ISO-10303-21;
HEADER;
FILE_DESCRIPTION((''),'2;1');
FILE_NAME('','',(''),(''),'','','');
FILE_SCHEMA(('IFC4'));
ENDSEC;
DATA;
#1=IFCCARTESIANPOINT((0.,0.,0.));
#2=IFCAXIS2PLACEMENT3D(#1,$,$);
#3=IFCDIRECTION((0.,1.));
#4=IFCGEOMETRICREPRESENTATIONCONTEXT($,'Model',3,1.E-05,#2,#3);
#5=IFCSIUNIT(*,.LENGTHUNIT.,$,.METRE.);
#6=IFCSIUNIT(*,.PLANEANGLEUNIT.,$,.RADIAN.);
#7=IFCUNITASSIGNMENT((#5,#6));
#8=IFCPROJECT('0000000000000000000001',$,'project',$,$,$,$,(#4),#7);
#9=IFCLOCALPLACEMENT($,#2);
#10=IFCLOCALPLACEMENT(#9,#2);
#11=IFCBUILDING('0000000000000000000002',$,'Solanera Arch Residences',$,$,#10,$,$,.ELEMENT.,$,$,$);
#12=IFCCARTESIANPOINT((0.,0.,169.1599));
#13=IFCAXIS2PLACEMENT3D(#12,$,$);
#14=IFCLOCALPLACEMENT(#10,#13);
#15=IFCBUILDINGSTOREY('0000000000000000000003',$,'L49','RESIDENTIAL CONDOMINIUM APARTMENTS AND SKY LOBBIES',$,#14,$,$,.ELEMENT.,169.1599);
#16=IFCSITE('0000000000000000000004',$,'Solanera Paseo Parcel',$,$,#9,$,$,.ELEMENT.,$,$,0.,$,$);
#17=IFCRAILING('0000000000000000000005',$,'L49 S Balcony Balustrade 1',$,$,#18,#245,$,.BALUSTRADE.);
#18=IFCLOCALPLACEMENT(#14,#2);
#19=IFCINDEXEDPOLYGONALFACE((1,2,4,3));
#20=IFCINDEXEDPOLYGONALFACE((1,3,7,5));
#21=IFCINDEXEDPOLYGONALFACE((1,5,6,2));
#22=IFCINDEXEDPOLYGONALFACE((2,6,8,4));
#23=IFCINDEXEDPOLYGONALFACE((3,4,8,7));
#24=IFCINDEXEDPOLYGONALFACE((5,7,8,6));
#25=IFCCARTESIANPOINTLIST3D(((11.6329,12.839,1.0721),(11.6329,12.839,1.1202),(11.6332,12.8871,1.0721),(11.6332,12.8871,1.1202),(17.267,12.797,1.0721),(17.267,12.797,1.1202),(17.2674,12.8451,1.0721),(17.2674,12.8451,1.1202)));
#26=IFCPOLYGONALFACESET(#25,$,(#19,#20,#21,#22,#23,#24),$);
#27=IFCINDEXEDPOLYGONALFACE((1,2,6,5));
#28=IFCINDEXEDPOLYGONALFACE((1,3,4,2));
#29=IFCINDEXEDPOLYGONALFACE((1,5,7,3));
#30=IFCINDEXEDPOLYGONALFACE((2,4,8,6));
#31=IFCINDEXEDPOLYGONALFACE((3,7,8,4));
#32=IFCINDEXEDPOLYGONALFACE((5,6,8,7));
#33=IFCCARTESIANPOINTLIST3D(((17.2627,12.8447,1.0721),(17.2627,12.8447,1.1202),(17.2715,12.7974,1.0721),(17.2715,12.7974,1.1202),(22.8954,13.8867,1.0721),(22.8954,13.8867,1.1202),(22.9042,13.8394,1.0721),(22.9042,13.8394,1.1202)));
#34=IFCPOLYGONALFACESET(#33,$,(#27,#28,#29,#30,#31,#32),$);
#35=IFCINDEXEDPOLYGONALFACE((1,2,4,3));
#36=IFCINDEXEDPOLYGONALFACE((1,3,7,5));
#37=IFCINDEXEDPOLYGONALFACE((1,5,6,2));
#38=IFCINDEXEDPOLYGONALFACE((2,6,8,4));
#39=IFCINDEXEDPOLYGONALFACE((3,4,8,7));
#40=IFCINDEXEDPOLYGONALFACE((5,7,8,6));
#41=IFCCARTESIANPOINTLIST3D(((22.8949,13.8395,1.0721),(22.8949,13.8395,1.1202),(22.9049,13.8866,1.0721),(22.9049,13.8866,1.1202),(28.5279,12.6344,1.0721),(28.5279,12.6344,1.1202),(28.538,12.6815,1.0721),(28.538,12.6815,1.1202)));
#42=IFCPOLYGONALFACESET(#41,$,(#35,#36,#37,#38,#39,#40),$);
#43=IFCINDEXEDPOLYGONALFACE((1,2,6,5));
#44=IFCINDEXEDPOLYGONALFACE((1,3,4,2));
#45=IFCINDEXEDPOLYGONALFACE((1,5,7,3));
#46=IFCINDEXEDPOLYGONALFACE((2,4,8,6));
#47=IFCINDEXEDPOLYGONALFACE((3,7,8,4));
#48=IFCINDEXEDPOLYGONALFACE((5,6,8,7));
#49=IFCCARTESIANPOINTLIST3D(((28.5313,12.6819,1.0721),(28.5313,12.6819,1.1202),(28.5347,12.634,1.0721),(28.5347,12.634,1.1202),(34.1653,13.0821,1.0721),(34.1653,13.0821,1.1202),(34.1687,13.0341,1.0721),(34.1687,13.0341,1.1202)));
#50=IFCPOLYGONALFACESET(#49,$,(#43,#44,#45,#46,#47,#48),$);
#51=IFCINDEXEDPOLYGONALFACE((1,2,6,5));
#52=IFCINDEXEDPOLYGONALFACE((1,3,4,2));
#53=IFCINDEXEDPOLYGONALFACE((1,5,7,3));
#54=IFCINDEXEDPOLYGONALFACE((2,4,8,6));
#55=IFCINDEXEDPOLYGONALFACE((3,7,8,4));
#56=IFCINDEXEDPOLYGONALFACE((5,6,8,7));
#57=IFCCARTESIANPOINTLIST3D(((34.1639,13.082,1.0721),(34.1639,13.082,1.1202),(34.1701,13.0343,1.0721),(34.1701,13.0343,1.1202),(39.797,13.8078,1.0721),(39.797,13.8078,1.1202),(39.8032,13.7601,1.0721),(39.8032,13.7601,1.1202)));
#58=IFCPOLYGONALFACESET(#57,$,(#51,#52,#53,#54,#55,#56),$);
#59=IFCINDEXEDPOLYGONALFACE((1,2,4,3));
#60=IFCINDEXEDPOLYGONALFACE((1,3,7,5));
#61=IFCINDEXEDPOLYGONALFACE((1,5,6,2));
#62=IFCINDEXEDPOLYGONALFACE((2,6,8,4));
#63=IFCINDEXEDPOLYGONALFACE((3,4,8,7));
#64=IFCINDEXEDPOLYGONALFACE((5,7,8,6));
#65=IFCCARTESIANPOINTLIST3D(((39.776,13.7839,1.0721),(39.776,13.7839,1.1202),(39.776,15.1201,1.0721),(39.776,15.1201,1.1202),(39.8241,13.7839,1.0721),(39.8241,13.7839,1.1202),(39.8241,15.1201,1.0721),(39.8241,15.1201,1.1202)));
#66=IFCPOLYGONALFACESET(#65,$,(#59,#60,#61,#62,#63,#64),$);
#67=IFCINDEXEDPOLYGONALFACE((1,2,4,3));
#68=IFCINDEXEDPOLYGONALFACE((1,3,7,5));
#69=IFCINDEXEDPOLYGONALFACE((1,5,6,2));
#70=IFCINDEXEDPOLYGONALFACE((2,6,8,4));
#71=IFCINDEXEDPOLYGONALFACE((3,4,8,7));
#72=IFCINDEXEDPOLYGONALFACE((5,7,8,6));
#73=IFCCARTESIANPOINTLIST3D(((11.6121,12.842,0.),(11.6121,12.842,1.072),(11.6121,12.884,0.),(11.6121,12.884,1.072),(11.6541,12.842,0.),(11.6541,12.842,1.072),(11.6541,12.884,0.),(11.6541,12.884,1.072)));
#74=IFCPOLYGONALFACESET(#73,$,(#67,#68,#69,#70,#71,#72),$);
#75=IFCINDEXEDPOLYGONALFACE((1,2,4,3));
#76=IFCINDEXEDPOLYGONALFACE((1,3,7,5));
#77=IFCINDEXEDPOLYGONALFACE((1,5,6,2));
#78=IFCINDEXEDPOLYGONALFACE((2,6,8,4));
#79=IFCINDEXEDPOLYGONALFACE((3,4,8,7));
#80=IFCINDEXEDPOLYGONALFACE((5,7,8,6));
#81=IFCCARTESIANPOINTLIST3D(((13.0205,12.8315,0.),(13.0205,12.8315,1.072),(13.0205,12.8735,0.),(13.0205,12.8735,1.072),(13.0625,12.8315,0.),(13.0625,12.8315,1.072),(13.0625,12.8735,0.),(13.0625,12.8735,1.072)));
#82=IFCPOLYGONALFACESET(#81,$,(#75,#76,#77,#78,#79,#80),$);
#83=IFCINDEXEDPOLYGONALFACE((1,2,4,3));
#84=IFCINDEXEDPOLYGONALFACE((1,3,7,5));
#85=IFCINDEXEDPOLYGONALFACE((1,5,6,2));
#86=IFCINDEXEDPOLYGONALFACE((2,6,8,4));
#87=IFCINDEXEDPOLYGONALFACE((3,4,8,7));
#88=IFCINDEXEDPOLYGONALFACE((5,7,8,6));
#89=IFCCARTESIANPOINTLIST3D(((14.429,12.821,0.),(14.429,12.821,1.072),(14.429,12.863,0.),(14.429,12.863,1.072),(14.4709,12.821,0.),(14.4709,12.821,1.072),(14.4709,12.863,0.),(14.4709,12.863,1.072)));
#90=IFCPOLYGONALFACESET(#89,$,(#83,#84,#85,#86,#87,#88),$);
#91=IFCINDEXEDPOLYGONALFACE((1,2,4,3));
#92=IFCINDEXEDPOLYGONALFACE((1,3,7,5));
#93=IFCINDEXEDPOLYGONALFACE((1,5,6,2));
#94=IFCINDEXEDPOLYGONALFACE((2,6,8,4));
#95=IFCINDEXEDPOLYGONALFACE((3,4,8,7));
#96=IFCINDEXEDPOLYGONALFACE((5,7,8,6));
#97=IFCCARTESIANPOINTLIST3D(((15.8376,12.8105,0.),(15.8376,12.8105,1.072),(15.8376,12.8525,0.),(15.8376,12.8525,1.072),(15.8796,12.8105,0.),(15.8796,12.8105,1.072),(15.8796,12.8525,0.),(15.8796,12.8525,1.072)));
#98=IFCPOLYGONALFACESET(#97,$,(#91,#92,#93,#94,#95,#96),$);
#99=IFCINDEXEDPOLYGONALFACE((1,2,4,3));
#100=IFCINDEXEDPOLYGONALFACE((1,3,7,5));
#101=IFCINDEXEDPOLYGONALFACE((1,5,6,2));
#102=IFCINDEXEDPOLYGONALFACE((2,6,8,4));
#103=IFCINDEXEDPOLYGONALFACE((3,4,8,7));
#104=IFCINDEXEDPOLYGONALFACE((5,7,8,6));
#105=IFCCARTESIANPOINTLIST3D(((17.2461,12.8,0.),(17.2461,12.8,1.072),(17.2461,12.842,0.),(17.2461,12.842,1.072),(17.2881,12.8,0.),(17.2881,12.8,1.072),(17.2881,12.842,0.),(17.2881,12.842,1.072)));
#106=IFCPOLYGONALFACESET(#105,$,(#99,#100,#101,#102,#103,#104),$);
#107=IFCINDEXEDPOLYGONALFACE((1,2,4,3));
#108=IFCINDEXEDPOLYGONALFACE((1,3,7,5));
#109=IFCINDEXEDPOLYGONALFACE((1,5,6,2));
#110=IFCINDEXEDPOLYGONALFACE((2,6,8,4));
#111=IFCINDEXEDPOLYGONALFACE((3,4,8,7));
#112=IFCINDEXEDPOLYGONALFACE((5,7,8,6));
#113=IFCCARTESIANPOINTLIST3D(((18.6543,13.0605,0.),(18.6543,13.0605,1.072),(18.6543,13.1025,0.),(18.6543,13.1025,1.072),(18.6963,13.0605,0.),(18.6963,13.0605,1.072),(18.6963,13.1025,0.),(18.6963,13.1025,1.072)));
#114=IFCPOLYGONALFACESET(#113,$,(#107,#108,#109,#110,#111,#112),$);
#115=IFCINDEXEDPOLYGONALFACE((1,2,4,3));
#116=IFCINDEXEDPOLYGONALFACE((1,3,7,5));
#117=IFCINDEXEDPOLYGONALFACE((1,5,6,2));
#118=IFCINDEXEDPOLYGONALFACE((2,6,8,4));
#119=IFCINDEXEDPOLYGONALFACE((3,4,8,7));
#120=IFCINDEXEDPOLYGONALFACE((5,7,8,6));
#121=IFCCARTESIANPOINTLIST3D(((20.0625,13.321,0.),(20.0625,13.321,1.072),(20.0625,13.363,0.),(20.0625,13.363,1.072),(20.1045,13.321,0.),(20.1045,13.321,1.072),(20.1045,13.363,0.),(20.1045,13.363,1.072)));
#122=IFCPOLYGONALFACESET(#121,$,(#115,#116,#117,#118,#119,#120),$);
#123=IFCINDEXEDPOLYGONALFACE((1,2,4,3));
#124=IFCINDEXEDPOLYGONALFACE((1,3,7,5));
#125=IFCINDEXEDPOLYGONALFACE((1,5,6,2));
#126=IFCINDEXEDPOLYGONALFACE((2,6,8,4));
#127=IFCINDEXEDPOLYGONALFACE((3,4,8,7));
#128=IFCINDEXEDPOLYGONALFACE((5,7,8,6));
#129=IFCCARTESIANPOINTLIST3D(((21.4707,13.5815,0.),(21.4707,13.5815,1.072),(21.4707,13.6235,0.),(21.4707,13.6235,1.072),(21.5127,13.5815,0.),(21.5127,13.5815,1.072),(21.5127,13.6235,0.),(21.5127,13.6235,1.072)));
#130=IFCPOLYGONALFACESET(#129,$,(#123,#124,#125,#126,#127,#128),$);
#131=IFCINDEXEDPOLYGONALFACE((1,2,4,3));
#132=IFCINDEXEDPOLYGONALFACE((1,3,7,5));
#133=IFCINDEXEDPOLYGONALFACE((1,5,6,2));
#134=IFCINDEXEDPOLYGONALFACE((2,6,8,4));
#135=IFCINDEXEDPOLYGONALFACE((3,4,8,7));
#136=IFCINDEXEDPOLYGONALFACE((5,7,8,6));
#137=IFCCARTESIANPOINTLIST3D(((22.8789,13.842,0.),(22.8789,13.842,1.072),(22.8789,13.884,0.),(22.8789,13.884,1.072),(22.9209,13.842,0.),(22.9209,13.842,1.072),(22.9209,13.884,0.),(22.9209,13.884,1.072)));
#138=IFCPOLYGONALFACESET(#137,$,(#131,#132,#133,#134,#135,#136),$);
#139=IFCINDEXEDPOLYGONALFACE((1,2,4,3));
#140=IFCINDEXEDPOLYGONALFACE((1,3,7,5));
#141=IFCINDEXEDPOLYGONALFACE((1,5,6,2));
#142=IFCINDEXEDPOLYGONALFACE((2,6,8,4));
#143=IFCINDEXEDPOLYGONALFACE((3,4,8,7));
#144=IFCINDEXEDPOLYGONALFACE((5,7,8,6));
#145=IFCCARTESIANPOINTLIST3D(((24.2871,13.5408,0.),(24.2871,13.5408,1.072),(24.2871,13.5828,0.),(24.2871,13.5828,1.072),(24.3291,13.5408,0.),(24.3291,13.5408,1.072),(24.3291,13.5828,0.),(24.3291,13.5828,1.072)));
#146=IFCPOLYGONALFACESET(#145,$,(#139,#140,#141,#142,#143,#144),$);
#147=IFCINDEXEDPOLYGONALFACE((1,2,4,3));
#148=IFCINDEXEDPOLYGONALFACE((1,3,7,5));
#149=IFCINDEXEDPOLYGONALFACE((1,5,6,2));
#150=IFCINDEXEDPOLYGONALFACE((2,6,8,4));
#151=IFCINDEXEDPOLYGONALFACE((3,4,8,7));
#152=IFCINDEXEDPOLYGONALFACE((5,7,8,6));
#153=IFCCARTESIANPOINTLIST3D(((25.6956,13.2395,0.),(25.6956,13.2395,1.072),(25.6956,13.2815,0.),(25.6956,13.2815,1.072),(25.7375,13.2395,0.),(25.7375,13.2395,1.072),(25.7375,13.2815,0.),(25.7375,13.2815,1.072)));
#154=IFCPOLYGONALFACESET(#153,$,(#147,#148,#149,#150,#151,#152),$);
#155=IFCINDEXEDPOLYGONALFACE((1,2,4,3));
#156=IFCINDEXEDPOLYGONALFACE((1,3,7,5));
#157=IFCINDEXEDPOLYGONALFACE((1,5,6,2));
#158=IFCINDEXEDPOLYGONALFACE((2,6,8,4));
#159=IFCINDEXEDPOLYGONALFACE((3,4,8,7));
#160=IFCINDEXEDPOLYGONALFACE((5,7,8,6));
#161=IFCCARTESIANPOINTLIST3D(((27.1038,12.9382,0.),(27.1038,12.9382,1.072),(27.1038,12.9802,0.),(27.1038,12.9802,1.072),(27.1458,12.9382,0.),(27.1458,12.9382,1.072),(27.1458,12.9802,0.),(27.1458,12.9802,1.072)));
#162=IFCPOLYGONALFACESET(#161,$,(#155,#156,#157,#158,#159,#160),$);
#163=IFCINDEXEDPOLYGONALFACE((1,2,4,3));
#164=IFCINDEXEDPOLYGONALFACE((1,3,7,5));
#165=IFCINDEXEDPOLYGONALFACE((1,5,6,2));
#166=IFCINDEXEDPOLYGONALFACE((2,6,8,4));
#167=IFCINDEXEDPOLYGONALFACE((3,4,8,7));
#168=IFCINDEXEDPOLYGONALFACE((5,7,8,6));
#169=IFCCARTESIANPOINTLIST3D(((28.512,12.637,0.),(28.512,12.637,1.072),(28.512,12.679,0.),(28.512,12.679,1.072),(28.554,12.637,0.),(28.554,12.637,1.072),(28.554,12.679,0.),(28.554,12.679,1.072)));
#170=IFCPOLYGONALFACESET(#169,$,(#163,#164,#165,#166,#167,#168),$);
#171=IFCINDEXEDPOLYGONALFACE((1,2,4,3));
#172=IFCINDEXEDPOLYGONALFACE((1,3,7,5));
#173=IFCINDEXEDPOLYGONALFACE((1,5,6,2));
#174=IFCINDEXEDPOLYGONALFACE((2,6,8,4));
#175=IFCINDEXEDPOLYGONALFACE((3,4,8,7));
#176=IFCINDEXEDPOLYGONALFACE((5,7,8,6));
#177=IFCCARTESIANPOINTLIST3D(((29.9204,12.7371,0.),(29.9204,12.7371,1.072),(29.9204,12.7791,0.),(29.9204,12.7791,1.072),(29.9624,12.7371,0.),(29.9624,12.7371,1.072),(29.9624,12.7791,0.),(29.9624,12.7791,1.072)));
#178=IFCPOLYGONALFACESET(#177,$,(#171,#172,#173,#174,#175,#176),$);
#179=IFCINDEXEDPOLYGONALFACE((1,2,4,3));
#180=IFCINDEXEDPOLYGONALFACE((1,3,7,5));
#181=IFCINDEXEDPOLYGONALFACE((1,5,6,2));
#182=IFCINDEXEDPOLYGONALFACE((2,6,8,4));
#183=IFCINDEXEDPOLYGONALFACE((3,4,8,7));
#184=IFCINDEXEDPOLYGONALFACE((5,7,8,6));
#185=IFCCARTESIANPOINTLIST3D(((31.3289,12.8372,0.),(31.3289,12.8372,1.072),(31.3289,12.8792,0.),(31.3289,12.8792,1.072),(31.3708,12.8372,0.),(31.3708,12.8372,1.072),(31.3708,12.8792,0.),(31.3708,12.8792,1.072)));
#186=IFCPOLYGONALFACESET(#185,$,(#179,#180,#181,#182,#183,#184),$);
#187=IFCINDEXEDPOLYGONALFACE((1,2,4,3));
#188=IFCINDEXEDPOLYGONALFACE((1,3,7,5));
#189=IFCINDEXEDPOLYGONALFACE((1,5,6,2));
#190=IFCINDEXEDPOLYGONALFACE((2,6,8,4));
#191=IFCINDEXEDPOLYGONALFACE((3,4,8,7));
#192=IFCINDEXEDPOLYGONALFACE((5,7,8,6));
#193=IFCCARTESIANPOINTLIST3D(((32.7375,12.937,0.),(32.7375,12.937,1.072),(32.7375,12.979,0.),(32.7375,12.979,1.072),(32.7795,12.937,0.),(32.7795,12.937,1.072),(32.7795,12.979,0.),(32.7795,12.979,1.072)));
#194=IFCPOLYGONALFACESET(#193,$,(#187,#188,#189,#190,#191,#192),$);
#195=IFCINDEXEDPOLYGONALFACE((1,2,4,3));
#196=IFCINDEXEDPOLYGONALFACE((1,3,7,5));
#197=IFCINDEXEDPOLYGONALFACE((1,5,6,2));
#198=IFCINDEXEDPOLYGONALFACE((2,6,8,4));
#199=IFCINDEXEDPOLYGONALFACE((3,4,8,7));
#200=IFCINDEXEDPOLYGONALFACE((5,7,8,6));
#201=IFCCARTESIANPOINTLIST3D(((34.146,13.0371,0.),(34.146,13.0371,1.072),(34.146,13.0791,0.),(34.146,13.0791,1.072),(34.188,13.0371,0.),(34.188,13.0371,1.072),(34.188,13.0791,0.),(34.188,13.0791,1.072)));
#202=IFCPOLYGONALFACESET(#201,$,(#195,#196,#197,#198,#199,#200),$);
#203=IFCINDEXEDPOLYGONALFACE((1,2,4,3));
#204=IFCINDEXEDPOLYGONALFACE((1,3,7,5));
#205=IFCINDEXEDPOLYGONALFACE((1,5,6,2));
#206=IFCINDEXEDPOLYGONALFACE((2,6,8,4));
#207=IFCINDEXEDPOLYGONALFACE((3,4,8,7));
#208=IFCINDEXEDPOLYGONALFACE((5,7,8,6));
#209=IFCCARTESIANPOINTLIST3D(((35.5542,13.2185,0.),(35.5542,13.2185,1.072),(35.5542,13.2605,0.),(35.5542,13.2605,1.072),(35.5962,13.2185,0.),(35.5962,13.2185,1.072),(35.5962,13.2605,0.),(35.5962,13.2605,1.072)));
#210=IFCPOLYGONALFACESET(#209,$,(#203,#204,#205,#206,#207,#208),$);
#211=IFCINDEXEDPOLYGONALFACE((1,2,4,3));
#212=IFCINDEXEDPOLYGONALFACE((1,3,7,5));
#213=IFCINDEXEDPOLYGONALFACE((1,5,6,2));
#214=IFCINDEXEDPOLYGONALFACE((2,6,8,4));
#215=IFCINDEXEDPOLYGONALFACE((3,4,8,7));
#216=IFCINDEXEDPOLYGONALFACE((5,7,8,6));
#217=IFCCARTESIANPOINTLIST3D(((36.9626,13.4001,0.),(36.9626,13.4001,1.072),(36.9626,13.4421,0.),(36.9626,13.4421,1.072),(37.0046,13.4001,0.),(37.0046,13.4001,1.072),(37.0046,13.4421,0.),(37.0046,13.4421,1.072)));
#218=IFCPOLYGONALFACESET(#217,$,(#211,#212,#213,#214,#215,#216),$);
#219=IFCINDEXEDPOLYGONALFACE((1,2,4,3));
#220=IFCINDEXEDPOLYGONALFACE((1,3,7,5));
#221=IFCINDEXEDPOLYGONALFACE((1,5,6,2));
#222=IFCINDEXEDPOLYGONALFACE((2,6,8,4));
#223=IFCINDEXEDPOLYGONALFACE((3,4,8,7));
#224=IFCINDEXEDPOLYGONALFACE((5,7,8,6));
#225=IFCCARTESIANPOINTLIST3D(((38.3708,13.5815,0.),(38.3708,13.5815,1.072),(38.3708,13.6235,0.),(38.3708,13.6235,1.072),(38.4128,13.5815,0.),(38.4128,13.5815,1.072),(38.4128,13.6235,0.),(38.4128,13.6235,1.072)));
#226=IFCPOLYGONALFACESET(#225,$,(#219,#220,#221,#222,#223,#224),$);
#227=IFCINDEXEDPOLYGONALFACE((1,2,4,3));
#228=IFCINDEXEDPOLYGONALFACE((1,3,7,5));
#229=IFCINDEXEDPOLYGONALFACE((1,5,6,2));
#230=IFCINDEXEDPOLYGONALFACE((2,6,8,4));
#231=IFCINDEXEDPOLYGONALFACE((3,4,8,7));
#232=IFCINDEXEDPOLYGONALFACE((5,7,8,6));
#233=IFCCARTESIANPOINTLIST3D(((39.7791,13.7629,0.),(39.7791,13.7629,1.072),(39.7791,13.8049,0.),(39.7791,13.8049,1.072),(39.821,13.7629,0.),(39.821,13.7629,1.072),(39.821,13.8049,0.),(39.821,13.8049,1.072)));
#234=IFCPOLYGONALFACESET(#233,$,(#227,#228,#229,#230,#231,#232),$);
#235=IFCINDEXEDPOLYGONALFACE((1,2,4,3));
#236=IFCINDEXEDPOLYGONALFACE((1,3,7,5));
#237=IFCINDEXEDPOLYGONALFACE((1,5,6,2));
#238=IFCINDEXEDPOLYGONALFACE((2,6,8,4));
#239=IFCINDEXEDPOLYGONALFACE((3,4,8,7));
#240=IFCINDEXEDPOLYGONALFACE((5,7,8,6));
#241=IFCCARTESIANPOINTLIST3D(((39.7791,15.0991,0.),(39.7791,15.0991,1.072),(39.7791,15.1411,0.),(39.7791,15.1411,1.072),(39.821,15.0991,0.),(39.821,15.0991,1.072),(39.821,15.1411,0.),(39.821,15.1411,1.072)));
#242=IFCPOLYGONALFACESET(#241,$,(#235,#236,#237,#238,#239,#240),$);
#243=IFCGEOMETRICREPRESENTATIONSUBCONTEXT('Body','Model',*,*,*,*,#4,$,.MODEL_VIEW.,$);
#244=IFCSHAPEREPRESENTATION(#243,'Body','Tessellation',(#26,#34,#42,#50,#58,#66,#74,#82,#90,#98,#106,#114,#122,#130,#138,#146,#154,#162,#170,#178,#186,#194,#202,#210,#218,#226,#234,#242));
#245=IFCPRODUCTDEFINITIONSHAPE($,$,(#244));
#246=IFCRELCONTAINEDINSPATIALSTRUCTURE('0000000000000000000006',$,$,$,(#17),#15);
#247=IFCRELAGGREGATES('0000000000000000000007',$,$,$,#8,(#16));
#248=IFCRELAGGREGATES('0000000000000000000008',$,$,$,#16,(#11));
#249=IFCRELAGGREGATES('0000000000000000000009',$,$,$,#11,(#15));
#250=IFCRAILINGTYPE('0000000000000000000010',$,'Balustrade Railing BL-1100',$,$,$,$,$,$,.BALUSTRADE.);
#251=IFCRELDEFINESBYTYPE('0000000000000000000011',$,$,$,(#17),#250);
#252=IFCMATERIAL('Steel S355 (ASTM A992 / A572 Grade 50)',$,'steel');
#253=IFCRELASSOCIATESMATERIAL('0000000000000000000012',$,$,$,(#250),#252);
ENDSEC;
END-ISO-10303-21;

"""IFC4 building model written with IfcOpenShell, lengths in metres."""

from ifc_helpers import new_model, si_unit, direction, frame, origin, origin_2d, place, context, subcontext, project, spatial, rectangle, extrude, material, type_object, element, save


model = new_model("IFC4")

# Units and contexts
model_context = context("Model", 3, precision=1e-05, world=origin(), true_north=direction((0.0, 1.0)))
body_context = subcontext(model_context, "Body", "Model", "MODEL_VIEW")
ifc_project = project(units=[si_unit("LENGTHUNIT", "METRE"), si_unit("PLANEANGLEUNIT", "RADIAN")], contexts=[model_context])

# Site, building, storey
site_placement = place(None, origin())
site = spatial("IfcSite", under=ifc_project, at=site_placement, Name="Solanera Paseo Parcel", CompositionType="ELEMENT", RefElevation=0.0)
building_placement = place(site_placement, origin())
building = spatial("IfcBuilding", under=site, at=building_placement, Name="Solanera Arch Residences", CompositionType="ELEMENT")
storey_placement = place(building_placement, frame((0.0, 0.0, 169.1599)))
storey = spatial("IfcBuildingStorey", under=building, at=storey_placement, Name="L49", Description="RESIDENTIAL CONDOMINIUM APARTMENTS AND SKY LOBBIES", CompositionType="ELEMENT", Elevation=169.1599)

# Railing
ifc_material_1 = material(Name="Steel S355 (ASTM A992 / A572 Grade 50)", Category="steel")
railing_type = type_object("IfcRailingType", Name="Balustrade Railing BL-1100", PredefinedType="BALUSTRADE", material=ifc_material_1)
railing_placement = place(storey_placement, frame((11.6331, 12.863, 0.0)))
element("IfcRailing", 1, at=railing_placement, inside=storey, type_object=railing_type, Name="L49 S Balcony Balustrade 1", PredefinedType="BALUSTRADE", context=body_context, shape_type="SweptSolid", body=[
    extrude(rectangle(XDim=0.0481, YDim=0.0481, at=origin_2d()), frame((0.0, 0.0, 1.0962), z_axis=(0.999972, -0.007453, 0.0), x_axis=(0.007453, 0.999972, 0.0)), (0.0, 0.0, 1.0), 5.6343),
    extrude(rectangle(XDim=0.0481, YDim=0.0481, at=origin_2d()), frame((5.634, -0.042, 1.0962), z_axis=(0.983317, 0.1819, 0.0), x_axis=(-0.1819, 0.983317, 0.0)), (0.0, 0.0, 1.0), 5.7283),
    extrude(rectangle(XDim=0.0481, YDim=0.0481, at=origin_2d()), frame((11.2668, 1.0, 1.0962), z_axis=(0.977874, -0.209196, 0.0), x_axis=(0.209196, 0.977874, 0.0)), (0.0, 0.0, 1.0), 5.7605),
    extrude(rectangle(XDim=0.0481, YDim=0.0481, at=origin_2d()), frame((16.8999, -0.2051, 1.0962), z_axis=(0.997487, 0.070845, 0.0), x_axis=(-0.070845, 0.997487, 0.0)), (0.0, 0.0, 1.0), 5.6482),
    extrude(rectangle(XDim=0.0481, YDim=0.0481, at=origin_2d()), frame((22.5339, 0.1951, 1.0962), z_axis=(0.991801, 0.127795, 0.0), x_axis=(-0.127795, 0.991801, 0.0)), (0.0, 0.0, 1.0), 5.6797),
    extrude(rectangle(XDim=0.0481, YDim=0.0481, at=origin_2d()), frame((28.167, 0.9209, 1.0962), z_axis=(0.0, 1.0, 0.0), x_axis=(-1.0, 0.0, 0.0)), (0.0, 0.0, 1.0), 1.3362),
    extrude(rectangle(XDim=0.042, YDim=0.042, at=origin_2d()), origin(), (0.0, 0.0, 1.0), 1.072),
    extrude(rectangle(XDim=0.042, YDim=0.042, at=origin_2d()), frame((1.4084, -0.0105, 0.0)), (0.0, 0.0, 1.0), 1.072),
    extrude(rectangle(XDim=0.042, YDim=0.042, at=origin_2d()), frame((2.8169, -0.021, 0.0)), (0.0, 0.0, 1.0), 1.072),
    extrude(rectangle(XDim=0.042, YDim=0.042, at=origin_2d()), frame((4.2256, -0.0315, 0.0)), (0.0, 0.0, 1.0), 1.072),
    extrude(rectangle(XDim=0.042, YDim=0.042, at=origin_2d()), frame((5.634, -0.042, 0.0)), (0.0, 0.0, 1.0), 1.072),
    extrude(rectangle(XDim=0.042, YDim=0.042, at=origin_2d()), frame((7.0422, 0.2185, 0.0)), (0.0, 0.0, 1.0), 1.072),
    extrude(rectangle(XDim=0.042, YDim=0.042, at=origin_2d()), frame((8.4504, 0.479, 0.0)), (0.0, 0.0, 1.0), 1.072),
    extrude(rectangle(XDim=0.042, YDim=0.042, at=origin_2d()), frame((9.8586, 0.7395, 0.0)), (0.0, 0.0, 1.0), 1.072),
    extrude(rectangle(XDim=0.042, YDim=0.042, at=origin_2d()), frame((11.2668, 1.0, 0.0)), (0.0, 0.0, 1.0), 1.072),
    extrude(rectangle(XDim=0.042, YDim=0.042, at=origin_2d()), frame((12.675, 0.6987, 0.0)), (0.0, 0.0, 1.0), 1.072),
    extrude(rectangle(XDim=0.042, YDim=0.042, at=origin_2d()), frame((14.0835, 0.3975, 0.0)), (0.0, 0.0, 1.0), 1.072),
    extrude(rectangle(XDim=0.042, YDim=0.042, at=origin_2d()), frame((15.4917, 0.0962, 0.0)), (0.0, 0.0, 1.0), 1.072),
    extrude(rectangle(XDim=0.042, YDim=0.042, at=origin_2d()), frame((16.8999, -0.2051, 0.0)), (0.0, 0.0, 1.0), 1.072),
    extrude(rectangle(XDim=0.042, YDim=0.042, at=origin_2d()), frame((18.3083, -0.105, 0.0)), (0.0, 0.0, 1.0), 1.072),
    extrude(rectangle(XDim=0.042, YDim=0.042, at=origin_2d()), frame((19.7168, -0.0049, 0.0)), (0.0, 0.0, 1.0), 1.072),
    extrude(rectangle(XDim=0.042, YDim=0.042, at=origin_2d()), frame((21.1255, 0.095, 0.0)), (0.0, 0.0, 1.0), 1.072),
    extrude(rectangle(XDim=0.042, YDim=0.042, at=origin_2d()), frame((22.5339, 0.1951, 0.0)), (0.0, 0.0, 1.0), 1.072),
    extrude(rectangle(XDim=0.042, YDim=0.042, at=origin_2d()), frame((23.9421, 0.3765, 0.0)), (0.0, 0.0, 1.0), 1.072),
    extrude(rectangle(XDim=0.042, YDim=0.042, at=origin_2d()), frame((25.3506, 0.5581, 0.0)), (0.0, 0.0, 1.0), 1.072),
    extrude(rectangle(XDim=0.042, YDim=0.042, at=origin_2d()), frame((26.7588, 0.7395, 0.0)), (0.0, 0.0, 1.0), 1.072),
    extrude(rectangle(XDim=0.042, YDim=0.042, at=origin_2d()), frame((28.167, 0.9209, 0.0)), (0.0, 0.0, 1.0), 1.072),
    extrude(rectangle(XDim=0.042, YDim=0.042, at=origin_2d()), frame((28.167, 2.2571, 0.0)), (0.0, 0.0, 1.0), 1.072),
])

save(model, "model.ifc")
